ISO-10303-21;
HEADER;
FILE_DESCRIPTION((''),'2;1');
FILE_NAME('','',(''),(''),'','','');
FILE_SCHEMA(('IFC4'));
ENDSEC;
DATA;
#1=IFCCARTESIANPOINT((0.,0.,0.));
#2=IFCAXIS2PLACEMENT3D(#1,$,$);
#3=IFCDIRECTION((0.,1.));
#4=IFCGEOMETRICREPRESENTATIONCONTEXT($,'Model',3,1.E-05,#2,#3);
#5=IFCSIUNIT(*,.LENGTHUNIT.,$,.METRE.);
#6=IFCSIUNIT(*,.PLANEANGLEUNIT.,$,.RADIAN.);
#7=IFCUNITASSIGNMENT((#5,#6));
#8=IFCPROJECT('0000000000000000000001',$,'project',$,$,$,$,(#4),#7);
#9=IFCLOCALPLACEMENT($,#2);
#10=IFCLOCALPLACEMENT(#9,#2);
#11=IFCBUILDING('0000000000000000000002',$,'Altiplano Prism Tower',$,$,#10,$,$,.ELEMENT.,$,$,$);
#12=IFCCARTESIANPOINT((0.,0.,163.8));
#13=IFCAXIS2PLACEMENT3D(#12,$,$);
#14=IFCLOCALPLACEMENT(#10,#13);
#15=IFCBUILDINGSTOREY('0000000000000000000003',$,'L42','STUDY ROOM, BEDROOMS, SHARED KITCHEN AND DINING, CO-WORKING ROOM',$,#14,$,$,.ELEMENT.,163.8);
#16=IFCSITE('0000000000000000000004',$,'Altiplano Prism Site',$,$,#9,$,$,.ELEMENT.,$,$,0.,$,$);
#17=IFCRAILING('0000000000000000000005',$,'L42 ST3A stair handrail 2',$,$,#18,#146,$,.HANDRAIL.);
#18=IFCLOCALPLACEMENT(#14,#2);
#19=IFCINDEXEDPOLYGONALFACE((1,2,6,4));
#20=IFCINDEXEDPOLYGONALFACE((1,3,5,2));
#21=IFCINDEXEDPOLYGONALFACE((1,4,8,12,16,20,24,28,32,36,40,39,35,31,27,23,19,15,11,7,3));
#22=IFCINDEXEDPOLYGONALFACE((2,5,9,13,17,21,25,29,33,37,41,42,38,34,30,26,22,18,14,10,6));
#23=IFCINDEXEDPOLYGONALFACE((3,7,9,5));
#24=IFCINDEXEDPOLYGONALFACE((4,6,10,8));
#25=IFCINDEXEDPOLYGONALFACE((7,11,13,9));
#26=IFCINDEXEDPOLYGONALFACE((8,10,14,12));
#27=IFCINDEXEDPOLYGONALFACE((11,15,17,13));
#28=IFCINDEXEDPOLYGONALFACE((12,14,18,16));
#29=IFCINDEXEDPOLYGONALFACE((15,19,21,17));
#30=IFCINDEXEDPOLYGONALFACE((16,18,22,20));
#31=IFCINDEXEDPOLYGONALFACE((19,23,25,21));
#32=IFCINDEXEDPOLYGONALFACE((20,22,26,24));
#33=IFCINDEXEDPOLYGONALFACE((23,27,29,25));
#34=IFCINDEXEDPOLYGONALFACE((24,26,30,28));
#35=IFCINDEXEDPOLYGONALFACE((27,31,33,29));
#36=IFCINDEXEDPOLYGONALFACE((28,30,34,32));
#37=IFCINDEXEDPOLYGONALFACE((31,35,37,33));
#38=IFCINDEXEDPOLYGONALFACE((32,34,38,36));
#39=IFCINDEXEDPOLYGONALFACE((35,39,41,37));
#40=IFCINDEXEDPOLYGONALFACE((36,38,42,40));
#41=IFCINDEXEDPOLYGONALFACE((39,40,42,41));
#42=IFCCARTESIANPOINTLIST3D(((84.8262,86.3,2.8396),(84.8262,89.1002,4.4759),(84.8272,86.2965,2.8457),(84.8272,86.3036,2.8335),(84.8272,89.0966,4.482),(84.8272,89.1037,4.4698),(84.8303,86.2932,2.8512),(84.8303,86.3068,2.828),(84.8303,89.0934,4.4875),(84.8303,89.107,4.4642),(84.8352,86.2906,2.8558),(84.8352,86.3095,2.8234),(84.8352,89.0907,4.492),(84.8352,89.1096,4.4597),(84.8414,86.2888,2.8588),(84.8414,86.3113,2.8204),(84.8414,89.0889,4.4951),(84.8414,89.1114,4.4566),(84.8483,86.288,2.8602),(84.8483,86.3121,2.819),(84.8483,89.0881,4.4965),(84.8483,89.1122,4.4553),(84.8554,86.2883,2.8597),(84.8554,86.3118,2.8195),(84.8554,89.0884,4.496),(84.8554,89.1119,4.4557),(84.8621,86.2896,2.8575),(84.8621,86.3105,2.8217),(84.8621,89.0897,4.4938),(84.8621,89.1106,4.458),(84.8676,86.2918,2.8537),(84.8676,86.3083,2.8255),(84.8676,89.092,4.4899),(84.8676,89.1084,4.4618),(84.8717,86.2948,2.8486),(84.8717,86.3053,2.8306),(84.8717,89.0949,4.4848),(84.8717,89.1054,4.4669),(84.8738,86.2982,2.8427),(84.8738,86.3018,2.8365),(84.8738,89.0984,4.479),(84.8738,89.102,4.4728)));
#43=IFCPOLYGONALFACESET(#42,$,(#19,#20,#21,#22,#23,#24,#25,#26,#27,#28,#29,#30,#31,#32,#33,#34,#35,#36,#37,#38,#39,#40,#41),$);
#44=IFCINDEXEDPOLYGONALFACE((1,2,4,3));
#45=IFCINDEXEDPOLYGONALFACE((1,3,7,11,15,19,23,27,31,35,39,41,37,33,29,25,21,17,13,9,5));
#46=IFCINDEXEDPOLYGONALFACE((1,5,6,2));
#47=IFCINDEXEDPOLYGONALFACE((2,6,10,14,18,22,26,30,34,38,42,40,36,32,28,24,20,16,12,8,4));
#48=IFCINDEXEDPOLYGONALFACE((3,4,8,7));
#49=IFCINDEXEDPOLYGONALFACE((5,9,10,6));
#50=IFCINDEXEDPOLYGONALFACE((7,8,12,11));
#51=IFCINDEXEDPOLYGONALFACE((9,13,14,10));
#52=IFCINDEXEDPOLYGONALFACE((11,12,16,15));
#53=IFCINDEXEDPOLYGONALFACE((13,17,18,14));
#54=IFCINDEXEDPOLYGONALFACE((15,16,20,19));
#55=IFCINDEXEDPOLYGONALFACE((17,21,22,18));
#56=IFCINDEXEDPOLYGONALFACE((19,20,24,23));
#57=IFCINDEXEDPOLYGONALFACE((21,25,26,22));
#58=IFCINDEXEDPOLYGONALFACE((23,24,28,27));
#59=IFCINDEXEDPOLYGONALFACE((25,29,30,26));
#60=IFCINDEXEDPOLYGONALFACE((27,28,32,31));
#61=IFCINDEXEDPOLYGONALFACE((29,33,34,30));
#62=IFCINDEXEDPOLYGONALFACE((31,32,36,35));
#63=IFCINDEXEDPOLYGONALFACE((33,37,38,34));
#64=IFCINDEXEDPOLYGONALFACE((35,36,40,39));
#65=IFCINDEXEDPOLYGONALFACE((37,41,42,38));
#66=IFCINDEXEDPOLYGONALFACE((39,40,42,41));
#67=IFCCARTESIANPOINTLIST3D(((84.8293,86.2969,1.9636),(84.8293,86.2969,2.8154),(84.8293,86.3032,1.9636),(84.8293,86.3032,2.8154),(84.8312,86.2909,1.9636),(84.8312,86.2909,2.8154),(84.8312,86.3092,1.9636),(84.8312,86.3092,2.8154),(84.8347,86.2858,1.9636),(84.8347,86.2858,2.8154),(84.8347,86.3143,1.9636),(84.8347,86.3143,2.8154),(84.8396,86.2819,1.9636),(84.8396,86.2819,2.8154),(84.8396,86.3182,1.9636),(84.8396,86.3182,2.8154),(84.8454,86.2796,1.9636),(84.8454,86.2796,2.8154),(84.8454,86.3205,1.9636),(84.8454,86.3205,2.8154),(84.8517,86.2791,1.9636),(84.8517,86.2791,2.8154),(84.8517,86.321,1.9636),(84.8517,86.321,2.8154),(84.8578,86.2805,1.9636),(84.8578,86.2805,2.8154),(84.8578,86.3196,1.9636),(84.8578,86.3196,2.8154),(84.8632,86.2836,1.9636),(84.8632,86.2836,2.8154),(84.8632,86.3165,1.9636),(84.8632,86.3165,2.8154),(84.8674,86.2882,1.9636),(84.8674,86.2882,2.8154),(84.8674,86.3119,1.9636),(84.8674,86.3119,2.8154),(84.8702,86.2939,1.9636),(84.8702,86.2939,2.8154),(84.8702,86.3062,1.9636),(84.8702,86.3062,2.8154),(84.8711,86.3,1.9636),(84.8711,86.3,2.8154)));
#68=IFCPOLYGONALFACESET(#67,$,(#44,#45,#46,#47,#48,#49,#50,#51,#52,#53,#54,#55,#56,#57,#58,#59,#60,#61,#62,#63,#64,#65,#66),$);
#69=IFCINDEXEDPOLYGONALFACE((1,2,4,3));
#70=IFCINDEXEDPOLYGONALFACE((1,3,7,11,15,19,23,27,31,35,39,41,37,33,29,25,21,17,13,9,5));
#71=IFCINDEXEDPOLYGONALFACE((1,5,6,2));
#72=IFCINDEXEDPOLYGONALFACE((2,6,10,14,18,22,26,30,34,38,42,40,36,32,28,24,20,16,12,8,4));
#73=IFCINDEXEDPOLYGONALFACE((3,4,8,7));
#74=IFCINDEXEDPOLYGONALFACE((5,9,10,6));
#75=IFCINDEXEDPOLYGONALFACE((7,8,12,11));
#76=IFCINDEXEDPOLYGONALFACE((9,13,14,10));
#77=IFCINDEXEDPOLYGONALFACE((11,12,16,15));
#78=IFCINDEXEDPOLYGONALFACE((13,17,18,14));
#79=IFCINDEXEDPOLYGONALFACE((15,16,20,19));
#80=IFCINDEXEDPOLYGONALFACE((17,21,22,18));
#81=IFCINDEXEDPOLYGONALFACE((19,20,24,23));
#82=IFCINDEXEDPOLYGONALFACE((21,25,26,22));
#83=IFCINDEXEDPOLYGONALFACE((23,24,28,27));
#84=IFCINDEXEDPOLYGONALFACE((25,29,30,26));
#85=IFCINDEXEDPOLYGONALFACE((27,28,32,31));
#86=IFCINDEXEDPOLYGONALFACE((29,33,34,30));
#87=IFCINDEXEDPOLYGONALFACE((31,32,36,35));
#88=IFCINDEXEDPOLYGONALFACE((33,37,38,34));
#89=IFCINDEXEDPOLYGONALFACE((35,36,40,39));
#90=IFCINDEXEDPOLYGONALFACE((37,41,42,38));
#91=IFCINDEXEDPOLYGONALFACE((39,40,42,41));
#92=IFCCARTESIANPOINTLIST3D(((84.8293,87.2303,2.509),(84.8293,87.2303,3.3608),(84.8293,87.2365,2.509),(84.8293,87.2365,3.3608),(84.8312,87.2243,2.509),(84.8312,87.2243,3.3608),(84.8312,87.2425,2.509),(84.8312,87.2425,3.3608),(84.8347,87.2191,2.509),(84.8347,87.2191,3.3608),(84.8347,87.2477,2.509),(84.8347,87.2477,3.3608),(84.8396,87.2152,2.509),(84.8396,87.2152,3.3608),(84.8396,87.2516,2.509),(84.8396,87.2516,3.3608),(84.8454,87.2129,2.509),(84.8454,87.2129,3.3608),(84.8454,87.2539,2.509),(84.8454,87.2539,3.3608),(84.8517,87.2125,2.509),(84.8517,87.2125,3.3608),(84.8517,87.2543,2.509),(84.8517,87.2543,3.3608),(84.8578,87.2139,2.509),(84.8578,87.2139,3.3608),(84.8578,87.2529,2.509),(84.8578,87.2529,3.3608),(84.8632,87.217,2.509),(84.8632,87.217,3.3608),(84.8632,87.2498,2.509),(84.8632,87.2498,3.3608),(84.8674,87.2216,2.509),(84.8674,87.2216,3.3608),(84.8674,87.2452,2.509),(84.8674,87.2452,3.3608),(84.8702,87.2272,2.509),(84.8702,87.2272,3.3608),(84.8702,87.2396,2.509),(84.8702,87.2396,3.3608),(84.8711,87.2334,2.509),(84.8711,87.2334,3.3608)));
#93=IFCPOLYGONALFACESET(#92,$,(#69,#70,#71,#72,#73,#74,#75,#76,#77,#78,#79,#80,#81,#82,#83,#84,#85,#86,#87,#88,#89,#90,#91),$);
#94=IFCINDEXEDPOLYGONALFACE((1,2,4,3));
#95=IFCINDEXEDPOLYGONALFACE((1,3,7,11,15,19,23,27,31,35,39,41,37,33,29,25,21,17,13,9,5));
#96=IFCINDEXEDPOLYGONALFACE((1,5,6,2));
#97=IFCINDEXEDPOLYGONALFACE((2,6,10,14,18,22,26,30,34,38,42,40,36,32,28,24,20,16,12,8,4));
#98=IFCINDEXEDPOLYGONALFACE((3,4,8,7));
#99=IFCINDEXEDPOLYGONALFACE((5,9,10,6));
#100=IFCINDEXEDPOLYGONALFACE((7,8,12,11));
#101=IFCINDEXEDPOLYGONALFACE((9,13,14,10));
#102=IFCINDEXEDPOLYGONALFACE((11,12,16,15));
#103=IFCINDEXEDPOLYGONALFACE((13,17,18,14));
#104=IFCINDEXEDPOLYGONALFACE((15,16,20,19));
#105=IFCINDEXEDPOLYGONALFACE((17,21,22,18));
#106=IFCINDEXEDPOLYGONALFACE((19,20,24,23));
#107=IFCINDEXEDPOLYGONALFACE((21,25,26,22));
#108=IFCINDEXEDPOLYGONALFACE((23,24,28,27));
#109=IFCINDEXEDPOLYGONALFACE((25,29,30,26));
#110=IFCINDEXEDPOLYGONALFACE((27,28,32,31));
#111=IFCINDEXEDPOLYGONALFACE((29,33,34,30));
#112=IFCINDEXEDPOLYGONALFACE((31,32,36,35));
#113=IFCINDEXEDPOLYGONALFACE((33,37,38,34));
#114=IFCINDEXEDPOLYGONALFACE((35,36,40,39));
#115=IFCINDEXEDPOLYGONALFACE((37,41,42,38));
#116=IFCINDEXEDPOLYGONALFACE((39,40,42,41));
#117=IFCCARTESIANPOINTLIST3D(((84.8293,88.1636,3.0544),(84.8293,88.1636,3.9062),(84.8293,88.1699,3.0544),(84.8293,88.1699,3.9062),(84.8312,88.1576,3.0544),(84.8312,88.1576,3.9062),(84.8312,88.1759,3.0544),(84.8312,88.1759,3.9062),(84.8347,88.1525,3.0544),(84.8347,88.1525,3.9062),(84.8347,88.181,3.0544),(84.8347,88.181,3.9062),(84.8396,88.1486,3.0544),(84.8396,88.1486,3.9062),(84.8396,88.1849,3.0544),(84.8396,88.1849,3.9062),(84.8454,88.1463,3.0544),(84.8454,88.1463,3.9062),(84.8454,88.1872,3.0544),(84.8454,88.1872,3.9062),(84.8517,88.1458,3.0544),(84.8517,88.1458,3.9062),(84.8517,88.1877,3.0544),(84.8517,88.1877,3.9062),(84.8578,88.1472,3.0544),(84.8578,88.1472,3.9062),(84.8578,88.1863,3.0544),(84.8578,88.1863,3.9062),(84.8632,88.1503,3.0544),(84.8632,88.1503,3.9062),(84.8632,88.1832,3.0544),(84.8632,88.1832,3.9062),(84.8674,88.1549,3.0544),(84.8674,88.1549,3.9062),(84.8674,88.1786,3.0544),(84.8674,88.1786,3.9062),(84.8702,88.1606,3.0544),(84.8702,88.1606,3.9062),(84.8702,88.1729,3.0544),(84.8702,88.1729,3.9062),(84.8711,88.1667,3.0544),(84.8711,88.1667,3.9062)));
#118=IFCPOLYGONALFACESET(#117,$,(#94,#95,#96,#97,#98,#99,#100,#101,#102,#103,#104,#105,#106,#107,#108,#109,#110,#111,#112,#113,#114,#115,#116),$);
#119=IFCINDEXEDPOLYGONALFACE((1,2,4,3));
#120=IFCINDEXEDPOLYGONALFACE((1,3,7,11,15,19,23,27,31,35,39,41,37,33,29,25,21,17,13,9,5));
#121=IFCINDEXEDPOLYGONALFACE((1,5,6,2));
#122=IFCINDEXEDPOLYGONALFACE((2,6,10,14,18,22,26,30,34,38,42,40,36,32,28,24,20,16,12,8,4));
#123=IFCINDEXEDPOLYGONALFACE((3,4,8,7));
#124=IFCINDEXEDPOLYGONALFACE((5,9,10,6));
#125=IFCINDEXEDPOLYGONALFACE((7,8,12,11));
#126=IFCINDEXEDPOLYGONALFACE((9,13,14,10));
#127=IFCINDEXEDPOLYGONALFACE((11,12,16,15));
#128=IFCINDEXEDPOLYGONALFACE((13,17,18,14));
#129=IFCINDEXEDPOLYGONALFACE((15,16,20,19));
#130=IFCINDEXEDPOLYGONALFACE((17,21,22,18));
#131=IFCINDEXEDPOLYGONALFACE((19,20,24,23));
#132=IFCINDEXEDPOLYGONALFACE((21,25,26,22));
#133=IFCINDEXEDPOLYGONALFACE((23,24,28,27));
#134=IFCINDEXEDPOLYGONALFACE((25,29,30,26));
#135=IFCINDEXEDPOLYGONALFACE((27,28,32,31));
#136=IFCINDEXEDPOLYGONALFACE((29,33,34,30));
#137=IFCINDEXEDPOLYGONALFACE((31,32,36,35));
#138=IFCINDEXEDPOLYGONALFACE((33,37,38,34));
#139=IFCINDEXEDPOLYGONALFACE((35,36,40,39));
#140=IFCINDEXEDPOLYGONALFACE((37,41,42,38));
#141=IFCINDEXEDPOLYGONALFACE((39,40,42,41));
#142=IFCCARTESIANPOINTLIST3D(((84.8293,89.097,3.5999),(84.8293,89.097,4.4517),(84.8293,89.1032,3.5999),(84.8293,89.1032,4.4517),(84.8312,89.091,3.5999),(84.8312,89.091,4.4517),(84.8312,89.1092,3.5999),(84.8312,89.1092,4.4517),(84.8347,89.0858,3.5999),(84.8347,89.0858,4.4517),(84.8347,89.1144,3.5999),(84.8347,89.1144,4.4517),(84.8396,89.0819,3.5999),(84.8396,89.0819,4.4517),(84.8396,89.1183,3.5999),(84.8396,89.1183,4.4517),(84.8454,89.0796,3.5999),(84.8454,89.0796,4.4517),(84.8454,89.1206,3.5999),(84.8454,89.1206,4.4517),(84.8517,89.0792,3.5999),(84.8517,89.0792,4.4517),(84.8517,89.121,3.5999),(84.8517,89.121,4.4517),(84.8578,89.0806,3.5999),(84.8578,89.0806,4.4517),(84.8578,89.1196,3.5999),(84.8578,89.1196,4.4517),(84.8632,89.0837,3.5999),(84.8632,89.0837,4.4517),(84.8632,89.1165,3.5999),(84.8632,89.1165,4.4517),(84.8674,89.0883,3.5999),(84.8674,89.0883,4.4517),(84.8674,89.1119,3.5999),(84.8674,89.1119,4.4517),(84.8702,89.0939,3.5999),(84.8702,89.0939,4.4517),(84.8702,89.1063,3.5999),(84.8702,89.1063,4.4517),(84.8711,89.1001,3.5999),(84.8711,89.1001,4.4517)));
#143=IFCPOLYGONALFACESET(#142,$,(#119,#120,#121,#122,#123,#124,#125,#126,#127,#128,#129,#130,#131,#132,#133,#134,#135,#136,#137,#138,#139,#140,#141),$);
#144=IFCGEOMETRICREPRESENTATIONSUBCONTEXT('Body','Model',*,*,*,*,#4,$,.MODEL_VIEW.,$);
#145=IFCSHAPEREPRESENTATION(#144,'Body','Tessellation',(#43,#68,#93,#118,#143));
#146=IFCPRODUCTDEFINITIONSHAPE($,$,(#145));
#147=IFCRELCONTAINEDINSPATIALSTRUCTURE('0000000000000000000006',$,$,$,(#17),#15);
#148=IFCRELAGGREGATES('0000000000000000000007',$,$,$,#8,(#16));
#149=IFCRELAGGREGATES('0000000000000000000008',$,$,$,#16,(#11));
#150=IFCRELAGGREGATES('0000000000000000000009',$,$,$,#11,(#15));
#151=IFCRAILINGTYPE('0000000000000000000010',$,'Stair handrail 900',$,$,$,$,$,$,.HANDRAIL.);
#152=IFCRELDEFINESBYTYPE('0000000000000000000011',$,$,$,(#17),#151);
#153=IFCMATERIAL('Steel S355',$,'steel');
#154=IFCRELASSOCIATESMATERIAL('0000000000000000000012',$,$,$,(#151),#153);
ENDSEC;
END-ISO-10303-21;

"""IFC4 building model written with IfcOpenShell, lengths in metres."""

from ifc_helpers import new_model, si_unit, direction, frame, origin, origin_2d, place, context, subcontext, project, spatial, circle, extrude, material, type_object, element, save


model = new_model("IFC4")

# Units and contexts
model_context = context("Model", 3, precision=1e-05, world=origin(), true_north=direction((0.0, 1.0)))
body_context = subcontext(model_context, "Body", "Model", "MODEL_VIEW")
ifc_project = project(units=[si_unit("LENGTHUNIT", "METRE"), si_unit("PLANEANGLEUNIT", "RADIAN")], contexts=[model_context])

# Site, building, storey
site_placement = place(None, origin())
site = spatial("IfcSite", under=ifc_project, at=site_placement, Name="Altiplano Prism Site", CompositionType="ELEMENT", RefElevation=0.0)
building_placement = place(site_placement, origin())
building = spatial("IfcBuilding", under=site, at=building_placement, Name="Altiplano Prism Tower", CompositionType="ELEMENT")
storey_placement = place(building_placement, frame((0.0, 0.0, 163.8)))
storey = spatial("IfcBuildingStorey", under=building, at=storey_placement, Name="L42", Description="STUDY ROOM, BEDROOMS, SHARED KITCHEN AND DINING, CO-WORKING ROOM", CompositionType="ELEMENT", Elevation=163.8)

# Railing
ifc_material_1 = material(Name="Steel S355", Category="steel")
railing_type = type_object("IfcRailingType", Name="Stair handrail 900", PredefinedType="HANDRAIL", material=ifc_material_1)
for number, where, name in (
    (1, (84.8501, 86.3, 1.9636), "L42 ST3A stair handrail 2"),
):
    element("IfcRailing", number, at=place(storey_placement, frame(where)), inside=storey, type_object=railing_type, Name=name, PredefinedType="HANDRAIL", context=body_context, shape_type="SweptSolid", body=[
        extrude(circle(Radius=0.0239, at=origin_2d()), frame((0.0, 0.0, 0.876), z_axis=(0.0, 0.863394, 0.504531), x_axis=(-1.0, 0.0, 0.0)), (0.0, 0.0, 1.0), 3.2432),
        extrude(circle(Radius=0.021, at=origin_2d()), origin(), (0.0, 0.0, 1.0), 0.8518),
        extrude(circle(Radius=0.021, at=origin_2d()), frame((0.0, 0.9333, 0.5454)), (0.0, 0.0, 1.0), 0.8518),
        extrude(circle(Radius=0.021, at=origin_2d()), frame((0.0, 1.8667, 1.0908)), (0.0, 0.0, 1.0), 0.8518),
        extrude(circle(Radius=0.021, at=origin_2d()), frame((0.0, 2.8, 1.6362)), (0.0, 0.0, 1.0), 0.8518),
    ])

save(model, "model.ifc")
